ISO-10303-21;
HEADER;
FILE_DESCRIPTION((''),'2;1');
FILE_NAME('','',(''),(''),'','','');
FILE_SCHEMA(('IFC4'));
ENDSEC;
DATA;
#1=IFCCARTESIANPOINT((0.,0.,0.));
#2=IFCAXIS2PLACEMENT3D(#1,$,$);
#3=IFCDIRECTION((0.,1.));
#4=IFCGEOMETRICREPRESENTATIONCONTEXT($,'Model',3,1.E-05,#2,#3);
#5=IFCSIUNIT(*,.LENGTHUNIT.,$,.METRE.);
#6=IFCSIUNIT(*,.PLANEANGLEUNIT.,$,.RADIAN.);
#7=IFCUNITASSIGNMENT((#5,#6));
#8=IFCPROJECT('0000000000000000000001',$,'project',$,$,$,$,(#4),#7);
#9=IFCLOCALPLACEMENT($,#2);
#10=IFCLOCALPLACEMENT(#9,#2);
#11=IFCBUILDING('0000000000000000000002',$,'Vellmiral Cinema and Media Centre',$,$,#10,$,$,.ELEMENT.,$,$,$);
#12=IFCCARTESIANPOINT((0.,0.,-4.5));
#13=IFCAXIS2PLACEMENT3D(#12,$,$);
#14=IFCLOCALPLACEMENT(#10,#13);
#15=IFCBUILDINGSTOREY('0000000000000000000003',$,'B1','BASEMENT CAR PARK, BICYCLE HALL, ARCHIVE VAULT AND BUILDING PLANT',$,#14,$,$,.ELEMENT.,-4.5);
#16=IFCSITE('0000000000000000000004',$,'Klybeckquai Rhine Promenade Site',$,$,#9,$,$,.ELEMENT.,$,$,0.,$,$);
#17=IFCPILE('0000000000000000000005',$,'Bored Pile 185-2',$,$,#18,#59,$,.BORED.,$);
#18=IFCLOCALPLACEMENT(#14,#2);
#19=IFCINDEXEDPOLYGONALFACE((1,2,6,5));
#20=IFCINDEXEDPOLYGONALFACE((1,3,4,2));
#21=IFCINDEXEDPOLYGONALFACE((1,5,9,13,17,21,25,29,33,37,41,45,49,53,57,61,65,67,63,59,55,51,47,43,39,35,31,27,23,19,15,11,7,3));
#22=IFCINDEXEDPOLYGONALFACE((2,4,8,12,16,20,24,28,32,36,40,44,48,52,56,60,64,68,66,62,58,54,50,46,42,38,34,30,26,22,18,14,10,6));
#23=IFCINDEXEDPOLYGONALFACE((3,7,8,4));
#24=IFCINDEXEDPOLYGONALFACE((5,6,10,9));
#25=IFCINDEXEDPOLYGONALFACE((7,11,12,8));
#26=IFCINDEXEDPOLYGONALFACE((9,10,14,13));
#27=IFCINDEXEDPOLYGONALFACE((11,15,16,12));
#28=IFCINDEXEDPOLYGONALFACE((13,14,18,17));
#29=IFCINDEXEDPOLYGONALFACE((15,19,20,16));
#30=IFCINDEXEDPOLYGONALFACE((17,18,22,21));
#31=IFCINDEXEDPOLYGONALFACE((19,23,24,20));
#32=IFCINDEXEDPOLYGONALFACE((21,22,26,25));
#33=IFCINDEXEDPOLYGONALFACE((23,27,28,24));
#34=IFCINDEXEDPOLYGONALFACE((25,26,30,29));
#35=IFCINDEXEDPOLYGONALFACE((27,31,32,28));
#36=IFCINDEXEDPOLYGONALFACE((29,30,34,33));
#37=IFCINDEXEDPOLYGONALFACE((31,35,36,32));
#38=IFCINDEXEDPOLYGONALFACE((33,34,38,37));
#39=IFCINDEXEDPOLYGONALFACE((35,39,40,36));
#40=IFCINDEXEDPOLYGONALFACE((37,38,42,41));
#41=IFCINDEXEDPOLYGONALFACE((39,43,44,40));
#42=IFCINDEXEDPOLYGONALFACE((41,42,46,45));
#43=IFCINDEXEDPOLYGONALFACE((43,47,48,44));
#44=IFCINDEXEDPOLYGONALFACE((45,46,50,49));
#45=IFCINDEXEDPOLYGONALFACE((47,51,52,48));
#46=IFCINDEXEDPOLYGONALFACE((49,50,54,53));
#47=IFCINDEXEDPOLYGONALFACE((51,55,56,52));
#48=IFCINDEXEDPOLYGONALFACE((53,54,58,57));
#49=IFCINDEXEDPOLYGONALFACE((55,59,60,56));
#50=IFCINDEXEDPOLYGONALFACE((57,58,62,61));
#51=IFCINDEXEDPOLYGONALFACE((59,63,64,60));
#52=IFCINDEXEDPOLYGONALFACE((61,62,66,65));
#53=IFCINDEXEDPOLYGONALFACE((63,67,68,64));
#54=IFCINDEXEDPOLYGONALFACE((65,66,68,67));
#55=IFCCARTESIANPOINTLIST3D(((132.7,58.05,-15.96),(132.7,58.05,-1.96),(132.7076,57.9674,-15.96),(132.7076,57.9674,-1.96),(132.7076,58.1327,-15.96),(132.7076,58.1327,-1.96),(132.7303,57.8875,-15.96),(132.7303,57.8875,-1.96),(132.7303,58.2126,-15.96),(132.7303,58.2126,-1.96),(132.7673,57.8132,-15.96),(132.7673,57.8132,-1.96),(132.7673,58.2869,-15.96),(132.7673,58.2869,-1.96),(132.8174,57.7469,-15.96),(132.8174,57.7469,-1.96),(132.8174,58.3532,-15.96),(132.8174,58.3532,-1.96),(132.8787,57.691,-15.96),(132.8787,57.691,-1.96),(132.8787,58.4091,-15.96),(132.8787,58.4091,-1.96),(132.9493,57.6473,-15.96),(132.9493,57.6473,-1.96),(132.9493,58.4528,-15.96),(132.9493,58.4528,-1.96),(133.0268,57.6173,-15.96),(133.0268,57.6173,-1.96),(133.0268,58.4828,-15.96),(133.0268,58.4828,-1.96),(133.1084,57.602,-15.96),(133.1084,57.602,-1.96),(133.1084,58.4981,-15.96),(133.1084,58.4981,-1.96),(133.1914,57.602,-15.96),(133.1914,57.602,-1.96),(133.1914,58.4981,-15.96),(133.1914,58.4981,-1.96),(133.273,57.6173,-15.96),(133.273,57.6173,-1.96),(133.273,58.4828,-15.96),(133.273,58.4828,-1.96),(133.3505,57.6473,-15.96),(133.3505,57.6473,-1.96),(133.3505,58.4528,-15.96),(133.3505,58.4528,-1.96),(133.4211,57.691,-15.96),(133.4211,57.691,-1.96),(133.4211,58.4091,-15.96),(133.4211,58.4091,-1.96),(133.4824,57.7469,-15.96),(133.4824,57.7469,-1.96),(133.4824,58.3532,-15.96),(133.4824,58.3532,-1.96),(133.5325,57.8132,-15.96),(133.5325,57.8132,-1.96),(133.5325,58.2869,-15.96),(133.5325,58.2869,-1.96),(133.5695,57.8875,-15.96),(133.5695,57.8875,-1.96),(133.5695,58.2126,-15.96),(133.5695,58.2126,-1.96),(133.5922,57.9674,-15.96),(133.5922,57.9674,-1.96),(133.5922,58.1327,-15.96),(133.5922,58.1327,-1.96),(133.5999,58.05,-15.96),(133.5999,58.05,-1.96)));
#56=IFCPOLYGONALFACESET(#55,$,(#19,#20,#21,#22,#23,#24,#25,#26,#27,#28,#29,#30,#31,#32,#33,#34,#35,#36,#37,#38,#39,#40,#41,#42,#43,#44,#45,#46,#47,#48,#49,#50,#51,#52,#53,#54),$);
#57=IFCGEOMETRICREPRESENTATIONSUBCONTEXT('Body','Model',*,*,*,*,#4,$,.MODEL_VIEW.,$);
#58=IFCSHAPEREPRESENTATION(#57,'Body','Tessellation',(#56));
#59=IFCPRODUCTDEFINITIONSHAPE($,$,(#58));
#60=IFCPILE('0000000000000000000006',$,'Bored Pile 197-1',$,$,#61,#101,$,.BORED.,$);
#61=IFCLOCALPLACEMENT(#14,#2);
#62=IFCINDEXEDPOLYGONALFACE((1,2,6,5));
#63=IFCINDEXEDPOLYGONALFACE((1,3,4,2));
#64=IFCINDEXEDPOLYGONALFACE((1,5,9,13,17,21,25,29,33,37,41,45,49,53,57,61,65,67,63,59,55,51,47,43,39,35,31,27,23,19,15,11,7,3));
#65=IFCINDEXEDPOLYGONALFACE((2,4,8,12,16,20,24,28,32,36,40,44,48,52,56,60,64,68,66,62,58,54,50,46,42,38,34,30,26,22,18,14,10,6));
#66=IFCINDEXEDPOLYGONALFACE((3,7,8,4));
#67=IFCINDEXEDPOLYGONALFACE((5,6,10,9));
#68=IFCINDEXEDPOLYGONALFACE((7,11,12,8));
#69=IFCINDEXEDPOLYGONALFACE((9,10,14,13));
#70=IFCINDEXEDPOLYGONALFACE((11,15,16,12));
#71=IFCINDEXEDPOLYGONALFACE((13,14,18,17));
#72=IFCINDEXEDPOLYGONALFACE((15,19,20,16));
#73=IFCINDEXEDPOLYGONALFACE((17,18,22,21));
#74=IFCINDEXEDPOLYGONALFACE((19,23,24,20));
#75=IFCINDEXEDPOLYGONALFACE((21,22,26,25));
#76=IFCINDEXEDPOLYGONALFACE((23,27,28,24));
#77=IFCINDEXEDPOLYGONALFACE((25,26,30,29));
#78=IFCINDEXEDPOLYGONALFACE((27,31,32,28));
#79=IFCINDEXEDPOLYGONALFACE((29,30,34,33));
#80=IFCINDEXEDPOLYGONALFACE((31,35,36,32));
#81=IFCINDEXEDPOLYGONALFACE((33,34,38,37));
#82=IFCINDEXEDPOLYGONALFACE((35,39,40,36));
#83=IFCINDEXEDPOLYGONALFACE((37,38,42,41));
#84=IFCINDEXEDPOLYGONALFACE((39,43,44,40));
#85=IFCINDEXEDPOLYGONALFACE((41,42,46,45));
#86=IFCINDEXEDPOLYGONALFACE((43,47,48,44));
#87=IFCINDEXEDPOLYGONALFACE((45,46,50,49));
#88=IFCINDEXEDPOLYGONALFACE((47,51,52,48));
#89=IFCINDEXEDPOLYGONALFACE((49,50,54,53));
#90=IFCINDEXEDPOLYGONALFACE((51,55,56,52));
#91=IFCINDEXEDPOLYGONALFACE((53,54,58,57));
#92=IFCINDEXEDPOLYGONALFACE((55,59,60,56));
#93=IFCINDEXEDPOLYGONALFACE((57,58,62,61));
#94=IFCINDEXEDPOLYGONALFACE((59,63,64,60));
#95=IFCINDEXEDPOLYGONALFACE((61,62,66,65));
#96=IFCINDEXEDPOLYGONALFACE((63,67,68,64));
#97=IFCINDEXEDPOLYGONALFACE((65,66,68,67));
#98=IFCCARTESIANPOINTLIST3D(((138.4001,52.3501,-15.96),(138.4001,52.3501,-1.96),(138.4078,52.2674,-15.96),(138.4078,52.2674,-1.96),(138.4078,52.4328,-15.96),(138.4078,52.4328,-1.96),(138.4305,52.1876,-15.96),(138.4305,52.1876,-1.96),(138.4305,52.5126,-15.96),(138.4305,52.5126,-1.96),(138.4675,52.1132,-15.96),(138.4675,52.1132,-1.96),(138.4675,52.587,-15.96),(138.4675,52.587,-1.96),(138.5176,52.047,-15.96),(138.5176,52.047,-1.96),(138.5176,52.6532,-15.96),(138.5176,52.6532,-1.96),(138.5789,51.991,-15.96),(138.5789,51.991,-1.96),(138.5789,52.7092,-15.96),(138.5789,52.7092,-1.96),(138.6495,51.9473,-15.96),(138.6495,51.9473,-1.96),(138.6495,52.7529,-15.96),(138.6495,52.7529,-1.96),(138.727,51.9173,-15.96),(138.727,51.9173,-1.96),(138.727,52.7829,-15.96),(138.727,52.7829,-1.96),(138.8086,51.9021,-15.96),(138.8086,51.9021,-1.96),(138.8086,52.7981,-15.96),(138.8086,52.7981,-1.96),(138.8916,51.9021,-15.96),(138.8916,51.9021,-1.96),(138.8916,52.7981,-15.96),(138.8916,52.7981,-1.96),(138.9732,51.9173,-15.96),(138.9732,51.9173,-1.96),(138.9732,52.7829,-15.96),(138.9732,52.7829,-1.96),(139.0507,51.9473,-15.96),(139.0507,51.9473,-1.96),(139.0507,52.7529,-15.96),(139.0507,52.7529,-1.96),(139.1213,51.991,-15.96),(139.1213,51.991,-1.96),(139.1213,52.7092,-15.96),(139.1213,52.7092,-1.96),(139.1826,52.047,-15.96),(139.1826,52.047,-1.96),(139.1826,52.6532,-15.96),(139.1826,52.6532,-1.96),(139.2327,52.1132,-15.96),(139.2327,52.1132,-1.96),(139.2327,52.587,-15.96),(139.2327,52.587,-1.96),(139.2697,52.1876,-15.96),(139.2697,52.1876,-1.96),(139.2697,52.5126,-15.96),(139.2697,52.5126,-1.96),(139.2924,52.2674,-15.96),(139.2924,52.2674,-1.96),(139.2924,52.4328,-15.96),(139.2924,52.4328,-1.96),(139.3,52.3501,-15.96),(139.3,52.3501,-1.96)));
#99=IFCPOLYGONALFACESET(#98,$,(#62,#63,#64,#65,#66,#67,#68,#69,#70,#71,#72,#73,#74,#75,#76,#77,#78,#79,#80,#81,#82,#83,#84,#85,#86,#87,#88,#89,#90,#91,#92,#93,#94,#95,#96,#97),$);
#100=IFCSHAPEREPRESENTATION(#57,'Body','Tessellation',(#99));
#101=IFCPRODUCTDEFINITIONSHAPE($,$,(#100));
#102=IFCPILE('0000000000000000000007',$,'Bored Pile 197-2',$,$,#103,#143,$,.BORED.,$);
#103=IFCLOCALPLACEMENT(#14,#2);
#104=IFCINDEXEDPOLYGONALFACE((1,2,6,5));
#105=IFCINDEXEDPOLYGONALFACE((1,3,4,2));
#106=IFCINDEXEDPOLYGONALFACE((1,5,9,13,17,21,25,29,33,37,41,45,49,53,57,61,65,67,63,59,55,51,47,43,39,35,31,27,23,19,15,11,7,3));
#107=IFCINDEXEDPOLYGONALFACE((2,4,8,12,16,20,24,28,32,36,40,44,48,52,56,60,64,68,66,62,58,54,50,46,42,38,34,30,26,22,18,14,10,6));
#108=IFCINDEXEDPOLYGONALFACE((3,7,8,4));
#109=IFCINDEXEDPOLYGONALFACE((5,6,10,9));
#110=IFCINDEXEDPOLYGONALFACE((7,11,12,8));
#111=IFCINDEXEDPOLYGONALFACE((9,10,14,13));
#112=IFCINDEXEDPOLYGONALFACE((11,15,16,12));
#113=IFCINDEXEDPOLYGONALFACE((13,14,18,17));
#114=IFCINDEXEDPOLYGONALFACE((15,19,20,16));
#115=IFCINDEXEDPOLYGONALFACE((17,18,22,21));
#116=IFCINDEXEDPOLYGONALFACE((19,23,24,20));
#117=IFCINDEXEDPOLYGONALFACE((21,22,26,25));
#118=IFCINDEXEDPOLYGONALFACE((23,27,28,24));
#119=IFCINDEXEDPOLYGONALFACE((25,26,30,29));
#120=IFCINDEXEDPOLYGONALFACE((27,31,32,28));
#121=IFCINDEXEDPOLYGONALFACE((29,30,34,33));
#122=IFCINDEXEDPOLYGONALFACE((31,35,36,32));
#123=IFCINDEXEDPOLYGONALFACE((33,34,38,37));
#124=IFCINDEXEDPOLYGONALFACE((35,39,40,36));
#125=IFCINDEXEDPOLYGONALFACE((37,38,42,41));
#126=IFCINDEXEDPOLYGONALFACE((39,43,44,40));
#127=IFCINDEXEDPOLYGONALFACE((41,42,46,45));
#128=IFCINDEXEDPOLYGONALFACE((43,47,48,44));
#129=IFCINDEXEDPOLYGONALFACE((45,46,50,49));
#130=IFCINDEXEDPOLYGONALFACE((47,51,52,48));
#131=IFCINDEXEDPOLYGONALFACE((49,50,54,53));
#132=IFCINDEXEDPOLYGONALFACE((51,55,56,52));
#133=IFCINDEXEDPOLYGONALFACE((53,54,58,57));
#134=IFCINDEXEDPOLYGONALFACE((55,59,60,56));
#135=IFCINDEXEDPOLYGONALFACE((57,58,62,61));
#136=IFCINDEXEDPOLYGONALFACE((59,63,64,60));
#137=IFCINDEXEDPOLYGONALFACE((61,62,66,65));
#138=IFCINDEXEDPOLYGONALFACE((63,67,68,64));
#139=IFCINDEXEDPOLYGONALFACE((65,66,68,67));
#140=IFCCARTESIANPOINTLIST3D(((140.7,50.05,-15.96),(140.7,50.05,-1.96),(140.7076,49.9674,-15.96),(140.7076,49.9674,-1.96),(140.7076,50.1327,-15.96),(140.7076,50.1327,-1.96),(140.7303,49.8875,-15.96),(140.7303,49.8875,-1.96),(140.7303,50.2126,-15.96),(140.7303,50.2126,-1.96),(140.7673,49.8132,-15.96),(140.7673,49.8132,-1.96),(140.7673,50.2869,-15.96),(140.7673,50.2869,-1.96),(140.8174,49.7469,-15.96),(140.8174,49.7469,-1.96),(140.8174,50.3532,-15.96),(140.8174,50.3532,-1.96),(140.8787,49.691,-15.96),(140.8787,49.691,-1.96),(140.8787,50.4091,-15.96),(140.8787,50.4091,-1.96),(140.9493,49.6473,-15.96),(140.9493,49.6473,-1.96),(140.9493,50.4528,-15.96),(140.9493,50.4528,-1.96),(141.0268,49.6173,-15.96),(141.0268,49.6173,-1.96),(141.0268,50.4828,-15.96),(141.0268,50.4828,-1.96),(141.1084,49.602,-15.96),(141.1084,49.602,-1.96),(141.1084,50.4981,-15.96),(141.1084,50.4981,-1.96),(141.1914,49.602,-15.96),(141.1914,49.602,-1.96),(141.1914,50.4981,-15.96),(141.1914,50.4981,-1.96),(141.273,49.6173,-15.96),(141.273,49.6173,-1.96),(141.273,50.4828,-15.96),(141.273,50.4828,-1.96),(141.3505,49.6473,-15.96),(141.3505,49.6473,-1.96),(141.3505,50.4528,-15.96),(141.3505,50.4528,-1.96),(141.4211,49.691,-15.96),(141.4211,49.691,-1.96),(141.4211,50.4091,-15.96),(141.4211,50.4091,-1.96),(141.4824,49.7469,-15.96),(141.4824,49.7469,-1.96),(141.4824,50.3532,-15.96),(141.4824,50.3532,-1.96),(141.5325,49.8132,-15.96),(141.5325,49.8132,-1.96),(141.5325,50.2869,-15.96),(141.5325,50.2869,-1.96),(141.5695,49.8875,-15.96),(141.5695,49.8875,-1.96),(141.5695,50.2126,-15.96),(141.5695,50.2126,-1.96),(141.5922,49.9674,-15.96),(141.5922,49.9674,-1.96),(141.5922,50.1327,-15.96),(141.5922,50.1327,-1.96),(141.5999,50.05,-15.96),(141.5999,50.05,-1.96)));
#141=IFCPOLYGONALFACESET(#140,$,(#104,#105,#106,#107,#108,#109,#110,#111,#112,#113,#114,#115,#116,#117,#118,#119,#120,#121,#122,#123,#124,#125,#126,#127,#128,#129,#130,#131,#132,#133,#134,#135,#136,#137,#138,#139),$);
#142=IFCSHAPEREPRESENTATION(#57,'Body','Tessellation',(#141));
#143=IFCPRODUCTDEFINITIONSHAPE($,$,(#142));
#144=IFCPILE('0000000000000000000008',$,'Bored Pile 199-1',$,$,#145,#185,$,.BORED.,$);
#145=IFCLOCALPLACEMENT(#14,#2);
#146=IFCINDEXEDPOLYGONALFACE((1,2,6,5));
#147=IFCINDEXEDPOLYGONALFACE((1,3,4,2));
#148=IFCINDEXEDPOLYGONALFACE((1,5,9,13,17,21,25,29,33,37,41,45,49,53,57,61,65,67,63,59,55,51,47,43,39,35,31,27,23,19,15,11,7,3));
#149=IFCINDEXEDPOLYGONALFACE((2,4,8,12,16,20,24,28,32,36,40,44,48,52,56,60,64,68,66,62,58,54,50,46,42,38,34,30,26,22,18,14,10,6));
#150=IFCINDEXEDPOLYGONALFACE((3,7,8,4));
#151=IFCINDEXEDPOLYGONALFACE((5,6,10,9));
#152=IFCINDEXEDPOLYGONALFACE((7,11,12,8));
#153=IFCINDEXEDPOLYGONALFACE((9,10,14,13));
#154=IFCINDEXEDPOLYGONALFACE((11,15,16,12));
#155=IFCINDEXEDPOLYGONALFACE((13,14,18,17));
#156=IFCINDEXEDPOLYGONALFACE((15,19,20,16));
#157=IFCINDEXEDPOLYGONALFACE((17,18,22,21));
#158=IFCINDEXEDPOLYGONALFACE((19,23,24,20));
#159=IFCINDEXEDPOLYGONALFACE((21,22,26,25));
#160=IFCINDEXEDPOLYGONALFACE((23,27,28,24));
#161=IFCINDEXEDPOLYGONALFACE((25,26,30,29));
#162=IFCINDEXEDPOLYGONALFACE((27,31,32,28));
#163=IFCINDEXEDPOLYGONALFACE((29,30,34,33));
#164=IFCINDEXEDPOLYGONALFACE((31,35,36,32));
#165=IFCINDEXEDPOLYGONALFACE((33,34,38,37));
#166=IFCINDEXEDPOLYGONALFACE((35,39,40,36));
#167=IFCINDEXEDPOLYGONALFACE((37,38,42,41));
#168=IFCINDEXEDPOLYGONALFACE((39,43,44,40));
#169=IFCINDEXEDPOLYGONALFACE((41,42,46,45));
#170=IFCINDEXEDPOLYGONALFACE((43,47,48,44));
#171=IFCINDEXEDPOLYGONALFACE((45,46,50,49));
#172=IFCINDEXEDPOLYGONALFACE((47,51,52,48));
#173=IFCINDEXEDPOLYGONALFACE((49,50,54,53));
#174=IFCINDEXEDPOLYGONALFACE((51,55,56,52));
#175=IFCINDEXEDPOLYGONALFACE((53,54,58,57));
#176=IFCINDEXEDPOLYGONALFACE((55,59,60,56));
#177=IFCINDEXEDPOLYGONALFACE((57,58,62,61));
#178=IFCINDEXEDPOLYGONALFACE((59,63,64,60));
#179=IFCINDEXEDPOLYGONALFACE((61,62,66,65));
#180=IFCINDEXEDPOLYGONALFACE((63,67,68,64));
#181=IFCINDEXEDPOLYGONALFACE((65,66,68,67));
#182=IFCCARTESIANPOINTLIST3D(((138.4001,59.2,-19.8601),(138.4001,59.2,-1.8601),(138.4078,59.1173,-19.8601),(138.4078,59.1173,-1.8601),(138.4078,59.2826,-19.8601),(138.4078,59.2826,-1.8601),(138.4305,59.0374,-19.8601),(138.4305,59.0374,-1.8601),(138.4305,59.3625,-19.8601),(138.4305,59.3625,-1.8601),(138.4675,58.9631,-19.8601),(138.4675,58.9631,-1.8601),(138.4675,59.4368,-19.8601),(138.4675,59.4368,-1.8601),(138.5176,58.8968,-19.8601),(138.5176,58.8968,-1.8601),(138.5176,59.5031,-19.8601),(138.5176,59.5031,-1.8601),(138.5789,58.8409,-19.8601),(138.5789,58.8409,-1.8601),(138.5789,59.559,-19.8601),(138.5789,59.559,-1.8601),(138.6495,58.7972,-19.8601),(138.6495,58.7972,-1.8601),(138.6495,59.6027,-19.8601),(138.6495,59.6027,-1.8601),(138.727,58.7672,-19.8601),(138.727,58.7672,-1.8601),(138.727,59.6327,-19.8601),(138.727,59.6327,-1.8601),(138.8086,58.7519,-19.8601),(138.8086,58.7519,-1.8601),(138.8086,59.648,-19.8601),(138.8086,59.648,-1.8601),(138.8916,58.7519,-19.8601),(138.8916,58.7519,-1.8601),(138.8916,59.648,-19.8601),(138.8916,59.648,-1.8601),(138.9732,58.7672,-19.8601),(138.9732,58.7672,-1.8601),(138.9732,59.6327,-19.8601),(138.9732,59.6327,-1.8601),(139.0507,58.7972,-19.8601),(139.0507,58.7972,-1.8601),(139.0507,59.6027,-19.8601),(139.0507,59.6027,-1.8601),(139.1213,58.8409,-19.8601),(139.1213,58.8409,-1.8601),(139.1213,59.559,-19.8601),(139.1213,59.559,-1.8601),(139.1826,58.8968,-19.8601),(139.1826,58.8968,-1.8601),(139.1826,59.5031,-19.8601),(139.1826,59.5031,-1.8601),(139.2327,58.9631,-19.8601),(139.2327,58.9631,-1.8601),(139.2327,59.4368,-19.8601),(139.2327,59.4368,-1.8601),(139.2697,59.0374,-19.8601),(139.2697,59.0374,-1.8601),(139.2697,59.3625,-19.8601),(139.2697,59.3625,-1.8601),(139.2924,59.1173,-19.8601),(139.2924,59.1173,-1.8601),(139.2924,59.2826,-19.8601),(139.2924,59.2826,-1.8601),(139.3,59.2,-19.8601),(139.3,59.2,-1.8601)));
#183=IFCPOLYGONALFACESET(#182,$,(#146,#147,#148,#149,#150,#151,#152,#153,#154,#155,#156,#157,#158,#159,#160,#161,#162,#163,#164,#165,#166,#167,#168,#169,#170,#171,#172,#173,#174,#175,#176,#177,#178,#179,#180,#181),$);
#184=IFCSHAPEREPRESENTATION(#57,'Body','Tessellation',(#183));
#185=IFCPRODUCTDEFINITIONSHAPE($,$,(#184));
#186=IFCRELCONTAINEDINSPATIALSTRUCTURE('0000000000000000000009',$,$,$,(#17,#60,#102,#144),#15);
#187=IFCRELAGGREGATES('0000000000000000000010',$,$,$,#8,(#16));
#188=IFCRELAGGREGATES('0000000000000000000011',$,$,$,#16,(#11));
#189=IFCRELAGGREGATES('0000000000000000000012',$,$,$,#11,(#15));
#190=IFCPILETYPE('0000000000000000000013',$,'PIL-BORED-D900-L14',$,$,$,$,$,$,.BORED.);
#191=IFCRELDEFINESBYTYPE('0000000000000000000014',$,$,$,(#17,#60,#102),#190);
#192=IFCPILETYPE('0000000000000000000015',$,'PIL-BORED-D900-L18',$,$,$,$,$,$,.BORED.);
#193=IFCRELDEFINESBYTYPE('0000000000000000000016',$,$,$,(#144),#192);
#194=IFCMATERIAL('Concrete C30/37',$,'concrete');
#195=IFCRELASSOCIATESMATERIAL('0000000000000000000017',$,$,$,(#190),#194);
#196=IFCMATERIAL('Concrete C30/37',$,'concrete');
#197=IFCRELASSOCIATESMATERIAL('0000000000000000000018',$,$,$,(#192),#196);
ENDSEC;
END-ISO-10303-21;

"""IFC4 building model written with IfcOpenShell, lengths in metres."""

from ifc_helpers import new_model, si_unit, direction, frame, origin, origin_2d, place, context, subcontext, project, spatial, circle, extrude, material, material_profile, profile_set, type_object, element, save


model = new_model("IFC4")

# Units and contexts
model_context = context("Model", 3, precision=1e-05, world=origin(), true_north=direction((0.0, 1.0)))
body_context = subcontext(model_context, "Body", "Model", "MODEL_VIEW")
ifc_project = project(units=[si_unit("LENGTHUNIT", "METRE"), si_unit("PLANEANGLEUNIT", "RADIAN")], contexts=[model_context])

# Site, building, storey
site_placement = place(None, origin())
site = spatial("IfcSite", under=ifc_project, at=site_placement, Name="Klybeckquai Rhine Promenade Site", CompositionType="ELEMENT", RefElevation=0.0)
building_placement = place(site_placement, origin())
building = spatial("IfcBuilding", under=site, at=building_placement, Name="Vellmiral Cinema and Media Centre", CompositionType="ELEMENT")
storey_placement = place(building_placement, frame((0.0, 0.0, -4.5)))
storey = spatial("IfcBuildingStorey", under=building, at=storey_placement, Name="B1", Description="BASEMENT CAR PARK, BICYCLE HALL, ARCHIVE VAULT AND BUILDING PLANT", CompositionType="ELEMENT", Elevation=-4.5)

# Piles
ifc_material_1 = material(Name="Concrete C30/37", Category="concrete")
ifc_material_profile_1 = material_profile(ifc_material_1, circle(Radius=0.45, at=origin_2d()), Name="PILE D900")
ifc_profile_set_1 = profile_set([ifc_material_profile_1], Name="Concrete C30/37")
pile_type_1 = type_object("IfcPileType", Name="PIL-BORED-D900-L14", PredefinedType="BORED", material=ifc_profile_set_1)
for number, where, z_axis, x_axis, name in (
    (1, (133.1499, 58.05, -1.96), (0.0, 0.0, -1.0), (1.0, 0.0, 0.0), "Bored Pile 185-2"),
    (2, (138.8501, 52.3501, -1.96), (0.0, 0.0, -1.0), (1.0, 0.0, 0.0), "Bored Pile 197-1"),
    (3, (141.1499, 50.05, -1.96), (0.0, 0.0, -1.0), (1.0, 0.0, 0.0), "Bored Pile 197-2"),
):
    element("IfcPile", number, at=place(storey_placement, frame(where, z_axis=z_axis, x_axis=x_axis)), inside=storey, type_object=pile_type_1, Name=name, PredefinedType="BORED", context=body_context, shape_type="SweptSolid", body=[
        extrude(circle(Radius=0.45, at=origin_2d()), origin(), (0.0, 0.0, 1.0), 14.0),
    ])
ifc_material_2 = material(Name="Concrete C30/37", Category="concrete")
ifc_material_profile_2 = material_profile(ifc_material_2, circle(Radius=0.45, at=origin_2d()), Name="PILE D900")
ifc_profile_set_2 = profile_set([ifc_material_profile_2], Name="Concrete C30/37")
pile_type_2 = type_object("IfcPileType", Name="PIL-BORED-D900-L18", PredefinedType="BORED", material=ifc_profile_set_2)
for number, where, z_axis, x_axis, name in (
    (4, (138.8501, 59.2, -1.8601), (0.0, 0.0, -1.0), (1.0, 0.0, 0.0), "Bored Pile 199-1"),
):
    element("IfcPile", number, at=place(storey_placement, frame(where, z_axis=z_axis, x_axis=x_axis)), inside=storey, type_object=pile_type_2, Name=name, PredefinedType="BORED", context=body_context, shape_type="SweptSolid", body=[
        extrude(circle(Radius=0.45, at=origin_2d()), origin(), (0.0, 0.0, 1.0), 18.0),
    ])

save(model, "model.ifc")
